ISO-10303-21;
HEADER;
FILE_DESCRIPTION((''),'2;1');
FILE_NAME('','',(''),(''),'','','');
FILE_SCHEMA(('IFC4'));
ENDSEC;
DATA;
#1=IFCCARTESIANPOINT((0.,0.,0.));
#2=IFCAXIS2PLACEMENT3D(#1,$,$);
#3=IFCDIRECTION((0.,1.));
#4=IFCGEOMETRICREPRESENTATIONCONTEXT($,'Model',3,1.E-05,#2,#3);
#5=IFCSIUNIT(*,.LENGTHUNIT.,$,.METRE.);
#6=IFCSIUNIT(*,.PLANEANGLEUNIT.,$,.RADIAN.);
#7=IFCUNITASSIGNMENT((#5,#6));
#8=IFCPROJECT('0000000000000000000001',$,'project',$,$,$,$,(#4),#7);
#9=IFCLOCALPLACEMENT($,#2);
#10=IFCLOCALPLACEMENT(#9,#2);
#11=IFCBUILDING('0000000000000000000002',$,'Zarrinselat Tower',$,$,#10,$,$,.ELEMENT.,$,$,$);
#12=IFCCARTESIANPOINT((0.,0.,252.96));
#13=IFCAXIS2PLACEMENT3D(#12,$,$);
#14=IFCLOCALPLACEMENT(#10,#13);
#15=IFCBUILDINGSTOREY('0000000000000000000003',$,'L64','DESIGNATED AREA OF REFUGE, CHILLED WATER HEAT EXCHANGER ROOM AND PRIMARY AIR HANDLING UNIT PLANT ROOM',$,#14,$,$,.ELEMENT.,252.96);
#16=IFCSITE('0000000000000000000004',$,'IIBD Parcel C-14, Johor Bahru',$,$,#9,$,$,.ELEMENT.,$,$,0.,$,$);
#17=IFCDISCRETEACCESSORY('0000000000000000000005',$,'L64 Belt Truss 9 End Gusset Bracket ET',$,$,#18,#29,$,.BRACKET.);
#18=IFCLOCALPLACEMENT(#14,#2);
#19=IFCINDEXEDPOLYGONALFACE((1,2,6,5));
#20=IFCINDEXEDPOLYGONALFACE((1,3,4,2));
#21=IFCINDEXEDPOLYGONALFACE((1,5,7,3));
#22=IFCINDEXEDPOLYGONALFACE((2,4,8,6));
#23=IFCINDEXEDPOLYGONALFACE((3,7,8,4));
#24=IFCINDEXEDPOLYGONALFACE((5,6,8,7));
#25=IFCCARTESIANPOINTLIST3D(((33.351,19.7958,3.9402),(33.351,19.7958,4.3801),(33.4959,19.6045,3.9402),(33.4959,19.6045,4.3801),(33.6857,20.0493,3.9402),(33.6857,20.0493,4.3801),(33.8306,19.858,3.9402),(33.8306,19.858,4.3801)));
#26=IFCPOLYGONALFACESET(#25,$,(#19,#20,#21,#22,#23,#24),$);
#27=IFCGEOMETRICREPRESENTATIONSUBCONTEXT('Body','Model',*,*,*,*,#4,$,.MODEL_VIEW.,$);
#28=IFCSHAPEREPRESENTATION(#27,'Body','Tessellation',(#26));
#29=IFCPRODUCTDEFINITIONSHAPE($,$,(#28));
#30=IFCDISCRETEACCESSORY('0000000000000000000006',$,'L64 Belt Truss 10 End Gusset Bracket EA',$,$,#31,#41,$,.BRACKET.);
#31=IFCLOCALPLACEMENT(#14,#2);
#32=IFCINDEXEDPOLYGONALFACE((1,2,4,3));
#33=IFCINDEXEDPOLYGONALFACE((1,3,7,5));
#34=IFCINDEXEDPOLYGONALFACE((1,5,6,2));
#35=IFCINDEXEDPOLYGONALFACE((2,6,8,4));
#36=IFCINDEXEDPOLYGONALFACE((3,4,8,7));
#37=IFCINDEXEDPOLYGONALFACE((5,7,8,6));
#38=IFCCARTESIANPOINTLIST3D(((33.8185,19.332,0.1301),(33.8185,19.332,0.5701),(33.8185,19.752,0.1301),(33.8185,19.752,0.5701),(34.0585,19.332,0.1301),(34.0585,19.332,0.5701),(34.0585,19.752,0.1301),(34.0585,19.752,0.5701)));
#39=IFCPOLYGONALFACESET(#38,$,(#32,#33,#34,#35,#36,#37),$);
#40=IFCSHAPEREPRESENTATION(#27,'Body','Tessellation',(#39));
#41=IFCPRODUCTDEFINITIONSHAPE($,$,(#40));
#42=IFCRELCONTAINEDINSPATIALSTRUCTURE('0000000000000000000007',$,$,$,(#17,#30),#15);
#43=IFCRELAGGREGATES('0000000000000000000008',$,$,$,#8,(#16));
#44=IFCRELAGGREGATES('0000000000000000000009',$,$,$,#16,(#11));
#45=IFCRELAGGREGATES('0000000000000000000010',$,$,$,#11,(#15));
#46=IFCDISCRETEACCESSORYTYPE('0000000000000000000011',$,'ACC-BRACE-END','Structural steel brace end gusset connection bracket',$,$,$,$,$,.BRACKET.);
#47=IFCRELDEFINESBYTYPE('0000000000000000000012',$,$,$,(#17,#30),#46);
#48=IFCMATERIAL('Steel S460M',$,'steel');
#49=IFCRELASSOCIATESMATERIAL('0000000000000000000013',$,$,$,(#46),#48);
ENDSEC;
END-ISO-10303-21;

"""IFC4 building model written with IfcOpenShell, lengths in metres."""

from ifc_helpers import new_model, si_unit, direction, frame, origin, origin_2d, place, context, subcontext, project, spatial, rectangle, extrude, material, type_object, element, save


model = new_model("IFC4")

# Units and contexts
model_context = context("Model", 3, precision=1e-05, world=origin(), true_north=direction((0.0, 1.0)))
body_context = subcontext(model_context, "Body", "Model", "MODEL_VIEW")
ifc_project = project(units=[si_unit("LENGTHUNIT", "METRE"), si_unit("PLANEANGLEUNIT", "RADIAN")], contexts=[model_context])

# Site, building, storey
site_placement = place(None, origin())
site = spatial("IfcSite", under=ifc_project, at=site_placement, Name="IIBD Parcel C-14, Johor Bahru", CompositionType="ELEMENT", RefElevation=0.0)
building_placement = place(site_placement, origin())
building = spatial("IfcBuilding", under=site, at=building_placement, Name="Zarrinselat Tower", CompositionType="ELEMENT")
storey_placement = place(building_placement, frame((0.0, 0.0, 252.96)))
storey = spatial("IfcBuildingStorey", under=building, at=storey_placement, Name="L64", Description="DESIGNATED AREA OF REFUGE, CHILLED WATER HEAT EXCHANGER ROOM AND PRIMARY AIR HANDLING UNIT PLANT ROOM", CompositionType="ELEMENT", Elevation=252.96)

# Discrete accessories
ifc_material_1 = material(Name="Steel S460M", Category="steel")
discrete_accessory_type = type_object("IfcDiscreteAccessoryType", Name="ACC-BRACE-END", Description="Structural steel brace end gusset connection bracket", PredefinedType="BRACKET", material=ifc_material_1)
for number, where, z_axis, x_axis, name in (
    (1, (33.5908, 19.8269, 3.9402), (0.0, 0.0, 1.0), (0.603863, -0.797088, 0.0), "L64 Belt Truss 9 End Gusset Bracket ET"),
    (2, (33.9385, 19.542, 0.1301), (0.0, 0.0, 1.0), (1.0, 0.0, 0.0), "L64 Belt Truss 10 End Gusset Bracket EA"),
):
    element("IfcDiscreteAccessory", number, at=place(storey_placement, frame(where, z_axis=z_axis, x_axis=x_axis)), inside=storey, type_object=discrete_accessory_type, Name=name, PredefinedType="BRACKET", context=body_context, shape_type="SweptSolid", body=[
        extrude(rectangle(XDim=0.24, YDim=0.4199, at=origin_2d()), origin(), (0.0, 0.0, 1.0), 0.4399),
    ])

save(model, "model.ifc")
